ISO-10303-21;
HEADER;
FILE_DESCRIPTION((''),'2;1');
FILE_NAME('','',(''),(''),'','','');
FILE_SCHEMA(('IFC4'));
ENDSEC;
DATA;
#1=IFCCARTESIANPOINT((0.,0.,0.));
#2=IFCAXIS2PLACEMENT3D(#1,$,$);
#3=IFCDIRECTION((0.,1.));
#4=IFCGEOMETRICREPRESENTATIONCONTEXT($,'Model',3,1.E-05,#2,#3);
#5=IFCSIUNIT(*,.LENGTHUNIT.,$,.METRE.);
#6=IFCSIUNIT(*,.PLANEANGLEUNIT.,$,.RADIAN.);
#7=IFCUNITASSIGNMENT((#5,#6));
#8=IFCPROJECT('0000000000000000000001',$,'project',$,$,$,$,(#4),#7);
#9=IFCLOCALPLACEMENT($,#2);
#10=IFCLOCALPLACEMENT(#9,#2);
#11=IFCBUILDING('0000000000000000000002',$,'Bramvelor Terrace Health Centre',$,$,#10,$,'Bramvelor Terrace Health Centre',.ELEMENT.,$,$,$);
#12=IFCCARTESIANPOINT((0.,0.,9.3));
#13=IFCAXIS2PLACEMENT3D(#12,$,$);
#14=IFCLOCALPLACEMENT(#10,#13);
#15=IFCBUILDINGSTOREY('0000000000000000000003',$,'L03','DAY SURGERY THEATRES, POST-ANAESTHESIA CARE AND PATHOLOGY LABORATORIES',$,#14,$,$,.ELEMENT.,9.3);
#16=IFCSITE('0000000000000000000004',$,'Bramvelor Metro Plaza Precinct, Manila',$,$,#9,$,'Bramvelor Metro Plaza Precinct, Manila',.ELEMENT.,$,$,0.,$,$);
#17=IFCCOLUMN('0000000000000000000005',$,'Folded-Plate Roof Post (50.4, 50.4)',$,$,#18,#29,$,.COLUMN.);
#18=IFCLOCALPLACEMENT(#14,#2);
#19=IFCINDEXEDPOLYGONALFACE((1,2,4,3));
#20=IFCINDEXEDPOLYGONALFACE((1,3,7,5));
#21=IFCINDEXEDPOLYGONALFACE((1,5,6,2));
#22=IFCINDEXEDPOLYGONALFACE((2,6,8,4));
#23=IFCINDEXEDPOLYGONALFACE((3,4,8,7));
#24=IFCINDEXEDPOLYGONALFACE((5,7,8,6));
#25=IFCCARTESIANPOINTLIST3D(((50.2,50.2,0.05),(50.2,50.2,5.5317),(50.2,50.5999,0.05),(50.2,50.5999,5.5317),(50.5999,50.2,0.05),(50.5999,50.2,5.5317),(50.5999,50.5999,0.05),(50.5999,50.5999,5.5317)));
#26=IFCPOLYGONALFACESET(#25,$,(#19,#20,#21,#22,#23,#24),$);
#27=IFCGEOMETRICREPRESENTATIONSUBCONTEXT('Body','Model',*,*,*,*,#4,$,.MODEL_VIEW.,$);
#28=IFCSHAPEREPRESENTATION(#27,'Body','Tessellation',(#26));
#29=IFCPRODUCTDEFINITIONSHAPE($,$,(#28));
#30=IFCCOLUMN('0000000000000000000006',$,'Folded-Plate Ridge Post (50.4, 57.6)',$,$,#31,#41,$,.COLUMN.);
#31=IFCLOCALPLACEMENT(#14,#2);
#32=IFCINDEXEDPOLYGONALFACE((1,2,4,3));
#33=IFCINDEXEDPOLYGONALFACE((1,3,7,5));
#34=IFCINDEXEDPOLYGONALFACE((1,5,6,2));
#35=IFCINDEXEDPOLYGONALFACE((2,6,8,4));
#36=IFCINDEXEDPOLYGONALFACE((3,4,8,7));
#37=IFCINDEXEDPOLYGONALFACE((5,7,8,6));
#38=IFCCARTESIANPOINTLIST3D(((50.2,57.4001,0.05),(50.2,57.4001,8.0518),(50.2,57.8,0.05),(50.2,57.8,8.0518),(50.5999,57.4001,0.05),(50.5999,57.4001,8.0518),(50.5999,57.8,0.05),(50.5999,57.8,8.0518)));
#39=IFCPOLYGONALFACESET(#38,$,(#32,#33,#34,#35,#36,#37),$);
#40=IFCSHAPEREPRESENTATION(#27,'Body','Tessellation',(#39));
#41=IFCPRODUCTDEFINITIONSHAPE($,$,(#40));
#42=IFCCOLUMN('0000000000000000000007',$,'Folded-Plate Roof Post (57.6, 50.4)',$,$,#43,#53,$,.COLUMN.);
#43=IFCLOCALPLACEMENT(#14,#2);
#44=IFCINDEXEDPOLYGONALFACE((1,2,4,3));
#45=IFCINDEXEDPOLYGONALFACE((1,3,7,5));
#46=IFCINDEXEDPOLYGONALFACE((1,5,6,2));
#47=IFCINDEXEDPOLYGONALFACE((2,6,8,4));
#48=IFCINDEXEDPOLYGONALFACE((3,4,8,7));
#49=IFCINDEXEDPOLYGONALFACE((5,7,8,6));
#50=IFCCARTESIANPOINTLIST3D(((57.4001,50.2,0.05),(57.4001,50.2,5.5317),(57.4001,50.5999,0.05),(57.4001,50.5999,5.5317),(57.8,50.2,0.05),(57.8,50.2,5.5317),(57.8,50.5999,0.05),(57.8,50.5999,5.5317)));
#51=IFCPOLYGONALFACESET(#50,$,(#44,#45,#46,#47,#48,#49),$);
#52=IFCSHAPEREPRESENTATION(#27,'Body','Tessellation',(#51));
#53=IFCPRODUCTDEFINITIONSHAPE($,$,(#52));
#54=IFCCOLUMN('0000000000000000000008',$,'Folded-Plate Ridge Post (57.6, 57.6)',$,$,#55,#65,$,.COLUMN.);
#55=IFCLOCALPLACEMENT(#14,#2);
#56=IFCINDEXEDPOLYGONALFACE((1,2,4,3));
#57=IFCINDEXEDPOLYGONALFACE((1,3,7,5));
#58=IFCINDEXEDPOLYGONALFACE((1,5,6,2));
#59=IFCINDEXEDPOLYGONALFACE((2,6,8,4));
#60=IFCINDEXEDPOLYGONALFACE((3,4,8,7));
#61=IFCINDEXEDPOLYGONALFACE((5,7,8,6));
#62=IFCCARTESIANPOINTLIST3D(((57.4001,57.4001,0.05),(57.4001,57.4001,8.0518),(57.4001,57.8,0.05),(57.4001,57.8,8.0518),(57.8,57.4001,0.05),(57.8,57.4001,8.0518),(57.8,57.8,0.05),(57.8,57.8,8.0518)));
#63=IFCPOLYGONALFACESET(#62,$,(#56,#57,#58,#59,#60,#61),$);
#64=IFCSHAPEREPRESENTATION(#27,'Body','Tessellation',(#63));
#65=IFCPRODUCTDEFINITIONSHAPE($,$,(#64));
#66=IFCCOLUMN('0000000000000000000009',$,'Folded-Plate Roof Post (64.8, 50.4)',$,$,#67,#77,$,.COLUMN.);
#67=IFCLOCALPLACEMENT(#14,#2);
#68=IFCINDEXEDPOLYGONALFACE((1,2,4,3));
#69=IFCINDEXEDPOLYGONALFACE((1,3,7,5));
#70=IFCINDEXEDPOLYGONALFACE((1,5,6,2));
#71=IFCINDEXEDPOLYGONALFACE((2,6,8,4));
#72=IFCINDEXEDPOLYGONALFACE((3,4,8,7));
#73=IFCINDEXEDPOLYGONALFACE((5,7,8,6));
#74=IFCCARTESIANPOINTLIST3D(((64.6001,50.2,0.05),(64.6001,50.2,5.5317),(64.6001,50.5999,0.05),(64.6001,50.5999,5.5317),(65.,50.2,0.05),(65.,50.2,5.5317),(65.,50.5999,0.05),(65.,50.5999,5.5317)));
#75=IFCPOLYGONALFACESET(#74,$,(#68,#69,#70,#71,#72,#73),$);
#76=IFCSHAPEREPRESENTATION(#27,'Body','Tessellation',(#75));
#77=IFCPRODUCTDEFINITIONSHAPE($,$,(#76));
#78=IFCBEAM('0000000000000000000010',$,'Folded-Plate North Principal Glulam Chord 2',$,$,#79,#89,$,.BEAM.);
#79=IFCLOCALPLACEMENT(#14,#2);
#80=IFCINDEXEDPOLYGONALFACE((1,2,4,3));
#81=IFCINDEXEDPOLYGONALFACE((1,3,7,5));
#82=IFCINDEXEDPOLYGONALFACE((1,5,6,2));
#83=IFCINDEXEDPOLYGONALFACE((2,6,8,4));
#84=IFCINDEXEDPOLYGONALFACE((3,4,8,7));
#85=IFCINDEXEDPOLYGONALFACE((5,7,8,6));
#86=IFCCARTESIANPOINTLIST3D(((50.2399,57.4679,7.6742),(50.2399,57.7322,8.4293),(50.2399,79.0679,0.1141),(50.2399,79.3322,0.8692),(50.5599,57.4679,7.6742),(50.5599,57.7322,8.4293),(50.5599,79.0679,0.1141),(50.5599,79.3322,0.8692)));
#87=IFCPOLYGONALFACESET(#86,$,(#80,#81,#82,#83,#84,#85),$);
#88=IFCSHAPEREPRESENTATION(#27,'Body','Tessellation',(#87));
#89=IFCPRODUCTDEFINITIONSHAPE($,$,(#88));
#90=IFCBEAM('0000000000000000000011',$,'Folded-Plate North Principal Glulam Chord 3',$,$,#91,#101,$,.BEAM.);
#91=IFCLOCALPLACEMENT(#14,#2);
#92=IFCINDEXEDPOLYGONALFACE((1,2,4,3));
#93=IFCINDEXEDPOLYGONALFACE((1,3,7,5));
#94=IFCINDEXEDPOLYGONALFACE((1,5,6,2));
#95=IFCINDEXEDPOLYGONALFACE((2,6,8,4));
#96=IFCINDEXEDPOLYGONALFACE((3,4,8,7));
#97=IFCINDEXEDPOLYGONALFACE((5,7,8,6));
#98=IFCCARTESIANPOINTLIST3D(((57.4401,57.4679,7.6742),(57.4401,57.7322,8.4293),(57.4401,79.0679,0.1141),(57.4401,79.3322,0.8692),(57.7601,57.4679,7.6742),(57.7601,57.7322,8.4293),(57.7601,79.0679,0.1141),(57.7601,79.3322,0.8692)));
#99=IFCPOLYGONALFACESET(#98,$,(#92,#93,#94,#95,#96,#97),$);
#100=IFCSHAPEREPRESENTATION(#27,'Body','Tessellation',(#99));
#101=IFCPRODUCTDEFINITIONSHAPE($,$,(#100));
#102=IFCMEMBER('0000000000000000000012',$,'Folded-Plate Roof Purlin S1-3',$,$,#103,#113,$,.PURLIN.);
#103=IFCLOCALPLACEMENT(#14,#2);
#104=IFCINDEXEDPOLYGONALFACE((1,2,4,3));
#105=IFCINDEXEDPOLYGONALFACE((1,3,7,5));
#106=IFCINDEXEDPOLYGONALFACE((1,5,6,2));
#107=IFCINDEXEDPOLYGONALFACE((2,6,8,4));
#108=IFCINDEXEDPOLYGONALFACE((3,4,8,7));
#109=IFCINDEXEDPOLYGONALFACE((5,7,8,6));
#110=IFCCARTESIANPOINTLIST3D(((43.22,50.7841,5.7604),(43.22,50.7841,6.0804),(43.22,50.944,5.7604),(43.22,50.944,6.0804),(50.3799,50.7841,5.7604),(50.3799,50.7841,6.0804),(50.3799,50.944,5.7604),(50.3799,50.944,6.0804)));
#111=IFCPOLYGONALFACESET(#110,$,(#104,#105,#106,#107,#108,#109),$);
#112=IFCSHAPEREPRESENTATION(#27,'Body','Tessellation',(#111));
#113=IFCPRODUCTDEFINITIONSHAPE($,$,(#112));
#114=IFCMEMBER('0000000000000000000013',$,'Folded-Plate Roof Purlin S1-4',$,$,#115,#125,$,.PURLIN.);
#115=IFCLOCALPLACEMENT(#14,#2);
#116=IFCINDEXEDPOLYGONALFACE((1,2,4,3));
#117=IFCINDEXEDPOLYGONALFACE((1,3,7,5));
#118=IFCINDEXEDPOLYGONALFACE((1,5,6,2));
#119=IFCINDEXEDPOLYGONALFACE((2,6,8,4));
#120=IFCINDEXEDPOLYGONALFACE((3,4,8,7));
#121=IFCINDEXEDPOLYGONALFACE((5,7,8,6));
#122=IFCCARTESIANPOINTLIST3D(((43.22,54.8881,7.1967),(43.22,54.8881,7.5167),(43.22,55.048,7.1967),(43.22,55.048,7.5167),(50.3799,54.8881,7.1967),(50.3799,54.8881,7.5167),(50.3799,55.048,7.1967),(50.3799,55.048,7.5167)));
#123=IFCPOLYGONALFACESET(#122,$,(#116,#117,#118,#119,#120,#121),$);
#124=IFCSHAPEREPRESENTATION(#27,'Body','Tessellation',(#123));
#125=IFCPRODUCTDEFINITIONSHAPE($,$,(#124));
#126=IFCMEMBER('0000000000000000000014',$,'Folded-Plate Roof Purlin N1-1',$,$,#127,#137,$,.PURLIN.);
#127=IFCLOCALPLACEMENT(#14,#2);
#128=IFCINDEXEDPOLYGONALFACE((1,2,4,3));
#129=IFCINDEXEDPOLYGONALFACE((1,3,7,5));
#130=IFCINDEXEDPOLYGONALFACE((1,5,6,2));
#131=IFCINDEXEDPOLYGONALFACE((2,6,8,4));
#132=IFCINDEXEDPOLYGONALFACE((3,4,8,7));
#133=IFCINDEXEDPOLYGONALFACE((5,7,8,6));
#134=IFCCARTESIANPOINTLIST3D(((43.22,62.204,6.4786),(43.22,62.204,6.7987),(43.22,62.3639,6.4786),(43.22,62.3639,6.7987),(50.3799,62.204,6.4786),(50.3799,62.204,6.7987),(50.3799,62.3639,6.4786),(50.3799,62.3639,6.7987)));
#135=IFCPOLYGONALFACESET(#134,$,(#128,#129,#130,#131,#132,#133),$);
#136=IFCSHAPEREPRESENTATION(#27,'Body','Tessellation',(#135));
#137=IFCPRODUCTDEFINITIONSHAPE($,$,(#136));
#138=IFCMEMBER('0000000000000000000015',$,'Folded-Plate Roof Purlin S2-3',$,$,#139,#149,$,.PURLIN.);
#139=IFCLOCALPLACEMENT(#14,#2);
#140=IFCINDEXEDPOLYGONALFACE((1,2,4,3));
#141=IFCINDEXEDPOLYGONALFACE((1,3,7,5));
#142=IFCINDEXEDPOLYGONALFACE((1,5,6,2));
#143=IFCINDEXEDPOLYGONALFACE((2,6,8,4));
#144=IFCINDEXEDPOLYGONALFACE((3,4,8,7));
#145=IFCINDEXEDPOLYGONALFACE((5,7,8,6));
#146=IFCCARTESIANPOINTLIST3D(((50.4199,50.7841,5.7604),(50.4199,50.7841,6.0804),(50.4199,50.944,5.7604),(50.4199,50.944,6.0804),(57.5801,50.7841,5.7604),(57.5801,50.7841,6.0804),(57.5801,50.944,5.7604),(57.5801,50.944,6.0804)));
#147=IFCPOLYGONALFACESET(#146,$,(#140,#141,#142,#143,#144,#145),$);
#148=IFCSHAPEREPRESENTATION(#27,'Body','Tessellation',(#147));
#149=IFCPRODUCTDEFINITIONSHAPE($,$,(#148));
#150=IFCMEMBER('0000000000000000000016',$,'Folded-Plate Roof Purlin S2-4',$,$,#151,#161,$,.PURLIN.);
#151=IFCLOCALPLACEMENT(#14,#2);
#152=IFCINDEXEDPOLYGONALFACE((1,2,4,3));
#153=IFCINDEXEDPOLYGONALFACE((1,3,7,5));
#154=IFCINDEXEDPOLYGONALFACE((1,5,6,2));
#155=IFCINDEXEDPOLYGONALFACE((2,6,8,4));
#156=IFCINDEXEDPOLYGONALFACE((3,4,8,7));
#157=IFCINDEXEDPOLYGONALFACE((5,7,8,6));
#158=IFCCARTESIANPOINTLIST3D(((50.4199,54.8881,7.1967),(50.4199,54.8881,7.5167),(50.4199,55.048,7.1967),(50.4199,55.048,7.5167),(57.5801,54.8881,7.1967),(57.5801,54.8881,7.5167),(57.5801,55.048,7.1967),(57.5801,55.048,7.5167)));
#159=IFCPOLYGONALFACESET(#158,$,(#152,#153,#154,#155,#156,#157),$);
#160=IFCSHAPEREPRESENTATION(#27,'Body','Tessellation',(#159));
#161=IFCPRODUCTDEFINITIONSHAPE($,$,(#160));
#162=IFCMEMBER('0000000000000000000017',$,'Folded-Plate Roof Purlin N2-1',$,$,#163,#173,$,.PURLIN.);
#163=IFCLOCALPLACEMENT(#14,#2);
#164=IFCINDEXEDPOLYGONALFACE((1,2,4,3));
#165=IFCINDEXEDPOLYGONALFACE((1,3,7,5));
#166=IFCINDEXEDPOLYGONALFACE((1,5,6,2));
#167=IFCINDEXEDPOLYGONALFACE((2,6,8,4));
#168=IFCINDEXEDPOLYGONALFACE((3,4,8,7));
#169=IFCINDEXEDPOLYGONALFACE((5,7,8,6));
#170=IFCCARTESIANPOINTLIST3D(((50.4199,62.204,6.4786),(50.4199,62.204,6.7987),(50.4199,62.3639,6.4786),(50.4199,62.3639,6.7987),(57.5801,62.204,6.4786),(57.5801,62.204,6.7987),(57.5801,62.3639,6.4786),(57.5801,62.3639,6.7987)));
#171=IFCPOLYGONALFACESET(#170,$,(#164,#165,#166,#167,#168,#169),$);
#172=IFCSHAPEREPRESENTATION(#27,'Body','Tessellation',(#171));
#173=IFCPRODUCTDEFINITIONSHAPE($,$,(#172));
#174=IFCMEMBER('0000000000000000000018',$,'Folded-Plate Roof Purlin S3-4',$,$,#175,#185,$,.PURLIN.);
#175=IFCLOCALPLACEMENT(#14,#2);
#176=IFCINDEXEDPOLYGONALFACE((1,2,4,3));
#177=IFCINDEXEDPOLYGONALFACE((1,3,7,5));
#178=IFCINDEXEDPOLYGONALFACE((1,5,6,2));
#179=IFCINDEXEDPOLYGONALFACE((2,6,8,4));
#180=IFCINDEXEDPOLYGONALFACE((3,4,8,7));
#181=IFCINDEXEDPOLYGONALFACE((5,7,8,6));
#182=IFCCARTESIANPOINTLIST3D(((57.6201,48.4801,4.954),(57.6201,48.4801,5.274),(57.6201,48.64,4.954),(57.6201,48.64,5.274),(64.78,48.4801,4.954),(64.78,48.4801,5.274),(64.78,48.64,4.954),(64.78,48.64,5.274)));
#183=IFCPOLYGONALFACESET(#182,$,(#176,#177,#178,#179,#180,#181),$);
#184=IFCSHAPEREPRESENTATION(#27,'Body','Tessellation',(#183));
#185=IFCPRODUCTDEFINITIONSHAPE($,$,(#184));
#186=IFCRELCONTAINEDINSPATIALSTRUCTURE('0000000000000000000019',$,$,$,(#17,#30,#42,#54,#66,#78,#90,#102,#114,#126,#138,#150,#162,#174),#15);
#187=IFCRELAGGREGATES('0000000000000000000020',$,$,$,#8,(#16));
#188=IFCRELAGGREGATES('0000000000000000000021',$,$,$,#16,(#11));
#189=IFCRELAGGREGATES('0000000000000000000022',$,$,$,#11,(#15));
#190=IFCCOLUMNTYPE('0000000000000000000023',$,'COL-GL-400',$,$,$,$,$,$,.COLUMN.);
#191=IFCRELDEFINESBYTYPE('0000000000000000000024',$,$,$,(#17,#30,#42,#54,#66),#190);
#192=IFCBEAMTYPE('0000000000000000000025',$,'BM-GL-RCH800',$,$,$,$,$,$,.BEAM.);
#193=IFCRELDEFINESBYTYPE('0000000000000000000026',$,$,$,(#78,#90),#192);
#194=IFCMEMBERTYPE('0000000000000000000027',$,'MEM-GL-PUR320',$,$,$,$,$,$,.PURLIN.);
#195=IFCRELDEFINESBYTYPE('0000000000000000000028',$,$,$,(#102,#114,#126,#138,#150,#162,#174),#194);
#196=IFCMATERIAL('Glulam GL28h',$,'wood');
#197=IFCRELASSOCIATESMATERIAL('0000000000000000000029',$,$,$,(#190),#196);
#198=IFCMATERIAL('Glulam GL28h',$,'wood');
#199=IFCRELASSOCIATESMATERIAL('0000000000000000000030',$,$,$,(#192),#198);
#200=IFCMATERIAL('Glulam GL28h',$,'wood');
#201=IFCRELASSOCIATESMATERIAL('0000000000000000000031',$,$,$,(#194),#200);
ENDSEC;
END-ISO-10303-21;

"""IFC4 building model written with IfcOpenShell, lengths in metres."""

from ifc_helpers import new_model, si_unit, direction, frame, origin, origin_2d, place, context, subcontext, project, spatial, rectangle, extrude, material, material_profile, profile_set, type_object, element, save


model = new_model("IFC4")

# Units and contexts
model_context = context("Model", 3, precision=1e-05, world=origin(), true_north=direction((0.0, 1.0)))
body_context = subcontext(model_context, "Body", "Model", "MODEL_VIEW")
ifc_project = project(units=[si_unit("LENGTHUNIT", "METRE"), si_unit("PLANEANGLEUNIT", "RADIAN")], contexts=[model_context])

# Site, building, storey
site_placement = place(None, origin())
site = spatial("IfcSite", under=ifc_project, at=site_placement, Name="Bramvelor Metro Plaza Precinct, Manila", LongName="Bramvelor Metro Plaza Precinct, Manila", CompositionType="ELEMENT", RefElevation=0.0)
building_placement = place(site_placement, origin())
building = spatial("IfcBuilding", under=site, at=building_placement, Name="Bramvelor Terrace Health Centre", LongName="Bramvelor Terrace Health Centre", CompositionType="ELEMENT")
storey_placement = place(building_placement, frame((0.0, 0.0, 9.3)))
storey = spatial("IfcBuildingStorey", under=building, at=storey_placement, Name="L03", Description="DAY SURGERY THEATRES, POST-ANAESTHESIA CARE AND PATHOLOGY LABORATORIES", CompositionType="ELEMENT", Elevation=9.3)

# Columns
ifc_material_1 = material(Name="Glulam GL28h", Category="wood")
ifc_material_profile_1 = material_profile(ifc_material_1, rectangle(XDim=0.3999, YDim=0.3999, at=origin_2d()), Name="GL 400x400")
ifc_profile_set_1 = profile_set([ifc_material_profile_1], Name="Glulam GL28h")
column_type = type_object("IfcColumnType", Name="COL-GL-400", PredefinedType="COLUMN", material=ifc_profile_set_1)
column_1_placement = place(storey_placement, frame((50.3999, 50.3999, 0.05), z_axis=(0.0, 0.0, 1.0), x_axis=(1.0, 0.0, 0.0)))
element("IfcColumn", 1, at=column_1_placement, inside=storey, type_object=column_type, Name="Folded-Plate Roof Post (50.4, 50.4)", PredefinedType="COLUMN", context=body_context, shape_type="SweptSolid", body=[
    extrude(rectangle(XDim=0.3999, YDim=0.3999, at=origin_2d()), origin(), (0.0, 0.0, 1.0), 5.4817),
])
column_2_placement = place(storey_placement, frame((50.3999, 57.6001, 0.05), z_axis=(0.0, 0.0, 1.0), x_axis=(1.0, 0.0, 0.0)))
element("IfcColumn", 2, at=column_2_placement, inside=storey, type_object=column_type, Name="Folded-Plate Ridge Post (50.4, 57.6)", PredefinedType="COLUMN", context=body_context, shape_type="SweptSolid", body=[
    extrude(rectangle(XDim=0.3999, YDim=0.3999, at=origin_2d()), origin(), (0.0, 0.0, 1.0), 8.0017),
])
column_3_placement = place(storey_placement, frame((57.6001, 50.3999, 0.05), z_axis=(0.0, 0.0, 1.0), x_axis=(1.0, 0.0, 0.0)))
element("IfcColumn", 3, at=column_3_placement, inside=storey, type_object=column_type, Name="Folded-Plate Roof Post (57.6, 50.4)", PredefinedType="COLUMN", context=body_context, shape_type="SweptSolid", body=[
    extrude(rectangle(XDim=0.3999, YDim=0.3999, at=origin_2d()), origin(), (0.0, 0.0, 1.0), 5.4817),
])
column_4_placement = place(storey_placement, frame((57.6001, 57.6001, 0.05), z_axis=(0.0, 0.0, 1.0), x_axis=(1.0, 0.0, 0.0)))
element("IfcColumn", 4, at=column_4_placement, inside=storey, type_object=column_type, Name="Folded-Plate Ridge Post (57.6, 57.6)", PredefinedType="COLUMN", context=body_context, shape_type="SweptSolid", body=[
    extrude(rectangle(XDim=0.3999, YDim=0.3999, at=origin_2d()), origin(), (0.0, 0.0, 1.0), 8.0017),
])
column_5_placement = place(storey_placement, frame((64.8, 50.3999, 0.05), z_axis=(0.0, 0.0, 1.0), x_axis=(1.0, 0.0, 0.0)))
element("IfcColumn", 5, at=column_5_placement, inside=storey, type_object=column_type, Name="Folded-Plate Roof Post (64.8, 50.4)", PredefinedType="COLUMN", context=body_context, shape_type="SweptSolid", body=[
    extrude(rectangle(XDim=0.3999, YDim=0.3999, at=origin_2d()), origin(), (0.0, 0.0, 1.0), 5.4817),
])

# Beams
ifc_material_2 = material(Name="Glulam GL28h", Category="wood")
ifc_material_profile_2 = material_profile(ifc_material_2, rectangle(XDim=0.3201, YDim=0.8, at=origin_2d()), Name="GL 320x800")
ifc_profile_set_2 = profile_set([ifc_material_profile_2], Name="Glulam GL28h")
beam_type = type_object("IfcBeamType", Name="BM-GL-RCH800", PredefinedType="BEAM", material=ifc_profile_set_2)
for number, where, z_axis, x_axis, name in (
    (6, (50.3999, 57.6001, 8.0518), (0.0, 0.943857, -0.330355), (-1.0, 0.0, 0.0), "Folded-Plate North Principal Glulam Chord 2"),
    (7, (57.6001, 57.6001, 8.0518), (0.0, 0.943857, -0.330355), (-1.0, 0.0, 0.0), "Folded-Plate North Principal Glulam Chord 3"),
):
    element("IfcBeam", number, at=place(storey_placement, frame(where, z_axis=z_axis, x_axis=x_axis)), inside=storey, type_object=beam_type, Name=name, PredefinedType="BEAM", context=body_context, shape_type="SweptSolid", body=[
        extrude(rectangle(XDim=0.3201, YDim=0.8, at=origin_2d()), origin(), (0.0, 0.0, 1.0), 22.8848),
    ])

# Members
ifc_material_3 = material(Name="Glulam GL28h", Category="wood")
ifc_material_profile_3 = material_profile(ifc_material_3, rectangle(XDim=0.1599, YDim=0.3201, at=origin_2d()), Name="GL 160x320")
ifc_profile_set_3 = profile_set([ifc_material_profile_3], Name="Glulam GL28h")
member_type_1 = type_object("IfcMemberType", Name="MEM-GL-PUR320", PredefinedType="PURLIN", material=ifc_profile_set_3)
for number, where, z_axis, x_axis, name in (
    (8, (43.22, 50.864, 5.9204), (1.0, 0.0, 0.0), (0.0, 1.0, 0.0), "Folded-Plate Roof Purlin S1-3"),
    (9, (43.22, 54.968, 7.3567), (1.0, 0.0, 0.0), (0.0, 1.0, 0.0), "Folded-Plate Roof Purlin S1-4"),
    (10, (43.22, 62.2839, 6.6387), (1.0, 0.0, 0.0), (0.0, 1.0, 0.0), "Folded-Plate Roof Purlin N1-1"),
):
    element("IfcMember", number, at=place(storey_placement, frame(where, z_axis=z_axis, x_axis=x_axis)), inside=storey, type_object=member_type_1, Name=name, PredefinedType="PURLIN", context=body_context, shape_type="SweptSolid", body=[
        extrude(rectangle(XDim=0.1599, YDim=0.3201, at=origin_2d()), origin(), (0.0, 0.0, 1.0), 7.1599),
    ])
for number, where, z_axis, x_axis, name in (
    (11, (50.4199, 50.864, 5.9204), (1.0, 0.0, 0.0), (0.0, 1.0, 0.0), "Folded-Plate Roof Purlin S2-3"),
    (12, (50.4199, 54.968, 7.3567), (1.0, 0.0, 0.0), (0.0, 1.0, 0.0), "Folded-Plate Roof Purlin S2-4"),
    (13, (50.4199, 62.2839, 6.6387), (1.0, 0.0, 0.0), (0.0, 1.0, 0.0), "Folded-Plate Roof Purlin N2-1"),
):
    element("IfcMember", number, at=place(storey_placement, frame(where, z_axis=z_axis, x_axis=x_axis)), inside=storey, type_object=member_type_1, Name=name, PredefinedType="PURLIN", context=body_context, shape_type="SweptSolid", body=[
        extrude(rectangle(XDim=0.1599, YDim=0.3201, at=origin_2d()), origin(), (0.0, 0.0, 1.0), 7.1602),
    ])
member_placement = place(storey_placement, frame((57.6201, 48.5601, 5.114), z_axis=(1.0, 0.0, 0.0), x_axis=(0.0, 1.0, 0.0)))
element("IfcMember", 14, at=member_placement, inside=storey, type_object=member_type_1, Name="Folded-Plate Roof Purlin S3-4", PredefinedType="PURLIN", context=body_context, shape_type="SweptSolid", body=[
    extrude(rectangle(XDim=0.1599, YDim=0.3201, at=origin_2d()), origin(), (0.0, 0.0, 1.0), 7.1599),
])

save(model, "model.ifc")
